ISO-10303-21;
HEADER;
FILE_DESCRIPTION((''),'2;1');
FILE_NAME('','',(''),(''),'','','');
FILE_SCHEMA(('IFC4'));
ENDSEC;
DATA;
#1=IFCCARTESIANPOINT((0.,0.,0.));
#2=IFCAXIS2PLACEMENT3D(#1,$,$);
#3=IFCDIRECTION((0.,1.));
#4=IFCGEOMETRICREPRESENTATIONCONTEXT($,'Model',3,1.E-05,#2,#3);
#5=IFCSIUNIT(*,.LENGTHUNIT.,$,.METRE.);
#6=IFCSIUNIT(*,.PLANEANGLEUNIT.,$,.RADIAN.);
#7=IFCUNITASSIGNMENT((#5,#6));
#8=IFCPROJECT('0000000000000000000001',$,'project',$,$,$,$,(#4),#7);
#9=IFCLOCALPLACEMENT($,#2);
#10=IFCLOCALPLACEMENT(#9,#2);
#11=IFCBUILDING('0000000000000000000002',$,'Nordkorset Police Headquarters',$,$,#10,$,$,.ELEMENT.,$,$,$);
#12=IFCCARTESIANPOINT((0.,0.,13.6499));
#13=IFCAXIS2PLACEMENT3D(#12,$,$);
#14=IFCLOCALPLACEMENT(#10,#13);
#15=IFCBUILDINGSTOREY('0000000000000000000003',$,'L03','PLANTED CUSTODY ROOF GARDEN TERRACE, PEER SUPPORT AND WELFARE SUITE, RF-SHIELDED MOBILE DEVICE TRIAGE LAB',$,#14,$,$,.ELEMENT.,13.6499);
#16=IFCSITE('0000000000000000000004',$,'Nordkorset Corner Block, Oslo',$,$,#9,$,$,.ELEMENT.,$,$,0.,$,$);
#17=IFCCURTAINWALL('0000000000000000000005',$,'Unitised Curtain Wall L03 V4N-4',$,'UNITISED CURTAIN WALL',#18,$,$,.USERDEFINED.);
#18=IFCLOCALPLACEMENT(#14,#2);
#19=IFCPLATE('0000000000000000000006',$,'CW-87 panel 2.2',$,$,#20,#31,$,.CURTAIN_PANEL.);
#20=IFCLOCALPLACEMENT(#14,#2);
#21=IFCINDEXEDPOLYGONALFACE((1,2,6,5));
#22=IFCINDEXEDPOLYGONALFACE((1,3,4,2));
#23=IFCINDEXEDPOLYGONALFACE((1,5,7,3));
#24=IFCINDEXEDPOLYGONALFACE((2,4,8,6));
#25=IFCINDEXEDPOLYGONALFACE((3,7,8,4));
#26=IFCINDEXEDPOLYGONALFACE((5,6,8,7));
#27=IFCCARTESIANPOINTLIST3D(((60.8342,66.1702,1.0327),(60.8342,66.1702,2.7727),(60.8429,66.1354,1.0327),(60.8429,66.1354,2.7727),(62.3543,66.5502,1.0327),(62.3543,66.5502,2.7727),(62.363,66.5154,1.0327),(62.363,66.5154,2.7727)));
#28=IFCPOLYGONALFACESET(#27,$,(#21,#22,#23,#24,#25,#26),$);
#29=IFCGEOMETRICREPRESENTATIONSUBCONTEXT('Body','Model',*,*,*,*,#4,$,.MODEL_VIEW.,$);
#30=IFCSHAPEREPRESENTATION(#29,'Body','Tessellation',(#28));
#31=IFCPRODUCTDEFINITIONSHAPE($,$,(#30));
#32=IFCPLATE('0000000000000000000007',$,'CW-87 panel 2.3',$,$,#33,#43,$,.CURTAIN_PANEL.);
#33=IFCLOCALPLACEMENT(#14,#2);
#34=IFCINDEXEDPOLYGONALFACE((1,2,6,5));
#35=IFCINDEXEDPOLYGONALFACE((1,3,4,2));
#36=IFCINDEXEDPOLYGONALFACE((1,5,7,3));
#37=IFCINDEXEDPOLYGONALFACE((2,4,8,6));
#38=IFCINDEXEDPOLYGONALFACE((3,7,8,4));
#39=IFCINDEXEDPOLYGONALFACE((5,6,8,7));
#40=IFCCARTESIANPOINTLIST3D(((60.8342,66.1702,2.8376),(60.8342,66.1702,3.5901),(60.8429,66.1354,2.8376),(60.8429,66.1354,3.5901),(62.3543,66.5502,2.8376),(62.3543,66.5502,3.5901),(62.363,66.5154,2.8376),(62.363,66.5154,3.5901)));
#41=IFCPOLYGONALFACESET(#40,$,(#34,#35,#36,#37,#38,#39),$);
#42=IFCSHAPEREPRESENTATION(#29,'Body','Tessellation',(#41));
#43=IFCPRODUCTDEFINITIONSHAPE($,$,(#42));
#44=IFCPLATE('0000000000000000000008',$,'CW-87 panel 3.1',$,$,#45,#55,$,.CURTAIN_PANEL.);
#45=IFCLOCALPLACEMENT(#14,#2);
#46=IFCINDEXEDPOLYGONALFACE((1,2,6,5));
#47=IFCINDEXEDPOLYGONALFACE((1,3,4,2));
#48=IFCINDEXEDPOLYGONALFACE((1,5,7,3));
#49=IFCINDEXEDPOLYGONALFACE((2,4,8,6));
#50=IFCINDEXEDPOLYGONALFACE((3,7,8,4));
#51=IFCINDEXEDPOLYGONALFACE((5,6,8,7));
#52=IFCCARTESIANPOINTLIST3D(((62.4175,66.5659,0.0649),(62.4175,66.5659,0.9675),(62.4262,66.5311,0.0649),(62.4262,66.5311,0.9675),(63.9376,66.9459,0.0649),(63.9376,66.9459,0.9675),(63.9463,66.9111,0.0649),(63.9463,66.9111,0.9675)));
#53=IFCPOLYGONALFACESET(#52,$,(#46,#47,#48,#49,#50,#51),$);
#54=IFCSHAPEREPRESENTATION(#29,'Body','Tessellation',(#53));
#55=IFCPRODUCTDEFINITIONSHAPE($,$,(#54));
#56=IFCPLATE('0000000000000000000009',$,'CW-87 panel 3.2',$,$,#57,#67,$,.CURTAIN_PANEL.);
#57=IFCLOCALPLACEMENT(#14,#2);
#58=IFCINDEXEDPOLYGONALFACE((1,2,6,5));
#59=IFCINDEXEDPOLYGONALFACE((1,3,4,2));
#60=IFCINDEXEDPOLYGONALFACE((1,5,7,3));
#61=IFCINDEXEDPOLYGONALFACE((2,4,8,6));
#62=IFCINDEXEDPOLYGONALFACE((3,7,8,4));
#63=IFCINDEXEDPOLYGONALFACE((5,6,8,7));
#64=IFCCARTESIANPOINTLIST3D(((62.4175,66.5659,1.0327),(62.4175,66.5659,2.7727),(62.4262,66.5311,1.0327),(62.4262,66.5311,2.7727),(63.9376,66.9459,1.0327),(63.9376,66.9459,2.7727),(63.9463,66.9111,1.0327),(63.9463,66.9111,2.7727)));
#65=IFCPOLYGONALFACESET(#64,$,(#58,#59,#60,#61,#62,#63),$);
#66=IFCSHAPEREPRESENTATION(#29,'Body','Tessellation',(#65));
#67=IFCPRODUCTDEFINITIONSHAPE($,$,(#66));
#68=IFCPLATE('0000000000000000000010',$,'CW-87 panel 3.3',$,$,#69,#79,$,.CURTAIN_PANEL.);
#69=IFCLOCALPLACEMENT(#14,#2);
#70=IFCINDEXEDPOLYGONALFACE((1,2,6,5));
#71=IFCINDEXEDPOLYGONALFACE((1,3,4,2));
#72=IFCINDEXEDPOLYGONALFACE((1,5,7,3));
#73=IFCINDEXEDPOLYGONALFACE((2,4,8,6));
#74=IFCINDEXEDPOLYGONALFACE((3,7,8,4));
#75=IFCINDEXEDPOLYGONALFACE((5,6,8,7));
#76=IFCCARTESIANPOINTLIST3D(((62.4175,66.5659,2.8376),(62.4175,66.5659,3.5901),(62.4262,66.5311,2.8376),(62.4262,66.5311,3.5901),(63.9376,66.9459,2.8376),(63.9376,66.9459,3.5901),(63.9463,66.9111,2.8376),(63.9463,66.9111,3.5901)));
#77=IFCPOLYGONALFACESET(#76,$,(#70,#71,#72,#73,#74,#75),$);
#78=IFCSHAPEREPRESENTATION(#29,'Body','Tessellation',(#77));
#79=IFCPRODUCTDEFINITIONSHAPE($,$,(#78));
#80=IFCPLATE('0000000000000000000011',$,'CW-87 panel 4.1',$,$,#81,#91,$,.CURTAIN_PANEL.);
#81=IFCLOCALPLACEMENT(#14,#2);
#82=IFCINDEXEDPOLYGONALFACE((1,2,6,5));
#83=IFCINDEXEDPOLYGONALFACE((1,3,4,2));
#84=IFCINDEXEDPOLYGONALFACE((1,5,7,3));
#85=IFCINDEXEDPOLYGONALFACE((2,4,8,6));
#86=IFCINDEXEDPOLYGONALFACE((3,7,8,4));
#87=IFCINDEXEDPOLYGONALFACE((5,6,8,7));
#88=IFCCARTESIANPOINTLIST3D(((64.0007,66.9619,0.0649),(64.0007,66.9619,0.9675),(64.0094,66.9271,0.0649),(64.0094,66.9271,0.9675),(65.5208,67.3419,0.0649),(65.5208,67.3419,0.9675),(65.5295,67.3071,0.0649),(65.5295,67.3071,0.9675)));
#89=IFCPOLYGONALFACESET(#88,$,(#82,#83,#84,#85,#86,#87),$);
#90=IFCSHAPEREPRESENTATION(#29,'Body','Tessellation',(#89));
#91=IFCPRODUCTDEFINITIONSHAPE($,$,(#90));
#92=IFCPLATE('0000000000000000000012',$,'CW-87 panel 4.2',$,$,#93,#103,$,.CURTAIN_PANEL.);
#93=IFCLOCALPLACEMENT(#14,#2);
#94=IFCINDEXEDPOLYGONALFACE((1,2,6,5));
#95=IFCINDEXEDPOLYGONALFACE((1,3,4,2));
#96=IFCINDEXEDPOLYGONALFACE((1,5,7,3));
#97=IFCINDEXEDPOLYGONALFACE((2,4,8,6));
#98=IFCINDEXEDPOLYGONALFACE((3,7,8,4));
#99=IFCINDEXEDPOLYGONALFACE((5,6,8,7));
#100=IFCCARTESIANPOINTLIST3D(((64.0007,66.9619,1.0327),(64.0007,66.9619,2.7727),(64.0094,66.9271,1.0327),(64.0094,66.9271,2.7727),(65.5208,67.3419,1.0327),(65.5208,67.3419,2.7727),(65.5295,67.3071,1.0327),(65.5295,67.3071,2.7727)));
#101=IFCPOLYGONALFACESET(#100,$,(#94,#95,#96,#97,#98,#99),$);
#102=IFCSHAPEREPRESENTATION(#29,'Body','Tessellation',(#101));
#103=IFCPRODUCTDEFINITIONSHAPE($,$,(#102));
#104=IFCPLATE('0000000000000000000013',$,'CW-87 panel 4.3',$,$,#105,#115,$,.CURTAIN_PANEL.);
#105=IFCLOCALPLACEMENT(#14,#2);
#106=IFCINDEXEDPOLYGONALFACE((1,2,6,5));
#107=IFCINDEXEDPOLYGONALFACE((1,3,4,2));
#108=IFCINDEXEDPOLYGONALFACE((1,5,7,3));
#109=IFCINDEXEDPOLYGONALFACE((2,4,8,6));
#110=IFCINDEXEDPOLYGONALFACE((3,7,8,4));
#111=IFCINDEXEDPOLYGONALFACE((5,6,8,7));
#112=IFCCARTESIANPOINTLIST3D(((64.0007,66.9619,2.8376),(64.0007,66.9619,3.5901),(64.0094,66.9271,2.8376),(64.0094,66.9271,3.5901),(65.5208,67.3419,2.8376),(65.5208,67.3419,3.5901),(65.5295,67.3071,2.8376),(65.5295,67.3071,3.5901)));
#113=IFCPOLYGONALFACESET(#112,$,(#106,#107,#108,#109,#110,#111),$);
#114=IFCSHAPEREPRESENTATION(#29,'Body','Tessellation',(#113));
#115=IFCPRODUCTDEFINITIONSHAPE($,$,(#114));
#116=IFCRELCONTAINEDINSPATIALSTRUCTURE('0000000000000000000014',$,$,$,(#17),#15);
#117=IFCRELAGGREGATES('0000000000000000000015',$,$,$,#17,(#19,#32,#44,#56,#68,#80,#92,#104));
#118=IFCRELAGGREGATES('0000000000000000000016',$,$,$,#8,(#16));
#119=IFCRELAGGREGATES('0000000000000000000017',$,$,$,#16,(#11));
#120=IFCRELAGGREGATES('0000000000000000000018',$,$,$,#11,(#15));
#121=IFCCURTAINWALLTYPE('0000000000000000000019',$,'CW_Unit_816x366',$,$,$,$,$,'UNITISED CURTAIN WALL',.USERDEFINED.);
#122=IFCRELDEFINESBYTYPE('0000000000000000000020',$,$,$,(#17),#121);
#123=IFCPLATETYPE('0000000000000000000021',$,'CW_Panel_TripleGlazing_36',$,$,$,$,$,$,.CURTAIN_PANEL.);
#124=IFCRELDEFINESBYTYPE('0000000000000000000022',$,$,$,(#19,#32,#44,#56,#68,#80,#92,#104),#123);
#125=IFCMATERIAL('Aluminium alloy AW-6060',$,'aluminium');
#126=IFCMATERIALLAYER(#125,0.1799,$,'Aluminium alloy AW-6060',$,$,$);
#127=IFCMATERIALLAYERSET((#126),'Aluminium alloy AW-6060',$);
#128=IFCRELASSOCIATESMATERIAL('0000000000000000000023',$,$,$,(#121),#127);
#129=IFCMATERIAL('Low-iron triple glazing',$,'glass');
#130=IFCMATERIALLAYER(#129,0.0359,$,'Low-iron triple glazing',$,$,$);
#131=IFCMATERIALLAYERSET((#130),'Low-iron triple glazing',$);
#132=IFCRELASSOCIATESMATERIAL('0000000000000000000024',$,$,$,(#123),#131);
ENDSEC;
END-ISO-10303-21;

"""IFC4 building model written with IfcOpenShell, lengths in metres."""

from ifc_helpers import new_model, si_unit, direction, frame, origin, origin_2d, place, context, subcontext, project, spatial, rectangle, extrude, material, layer, layer_set, type_object, element, aggregate, save


model = new_model("IFC4")

# Units and contexts
model_context = context("Model", 3, precision=1e-05, world=origin(), true_north=direction((0.0, 1.0)))
body_context = subcontext(model_context, "Body", "Model", "MODEL_VIEW")
ifc_project = project(units=[si_unit("LENGTHUNIT", "METRE"), si_unit("PLANEANGLEUNIT", "RADIAN")], contexts=[model_context])

# Site, building, storey
site_placement = place(None, origin())
site = spatial("IfcSite", under=ifc_project, at=site_placement, Name="Nordkorset Corner Block, Oslo", CompositionType="ELEMENT", RefElevation=0.0)
building_placement = place(site_placement, origin())
building = spatial("IfcBuilding", under=site, at=building_placement, Name="Nordkorset Police Headquarters", CompositionType="ELEMENT")
storey_placement = place(building_placement, frame((0.0, 0.0, 13.6499)))
storey = spatial("IfcBuildingStorey", under=building, at=storey_placement, Name="L03", Description="PLANTED CUSTODY ROOF GARDEN TERRACE, PEER SUPPORT AND WELFARE SUITE, RF-SHIELDED MOBILE DEVICE TRIAGE LAB", CompositionType="ELEMENT", Elevation=13.6499)

# Curtain wall
ifc_material_1 = material(Name="Aluminium alloy AW-6060", Category="aluminium")
ifc_layer_1 = layer(ifc_material_1, 0.1799, Name="Aluminium alloy AW-6060")
ifc_layer_set_1 = layer_set([ifc_layer_1], Name="Aluminium alloy AW-6060")
curtain_wall_type_1 = type_object("IfcCurtainWallType", Name="CW_Unit_816x366", ElementType="UNITISED CURTAIN WALL", PredefinedType="USERDEFINED", material=ifc_layer_set_1)
curtain_wall_1_placement = place(storey_placement, origin())
curtain_wall_1 = element("IfcCurtainWall", 1, at=curtain_wall_1_placement, inside=storey, type_object=curtain_wall_type_1, Name="Unitised Curtain Wall L03 V4N-4", ObjectType="UNITISED CURTAIN WALL", PredefinedType="USERDEFINED")

# Plates
ifc_material_2 = material(Name="Low-iron triple glazing", Category="glass")
ifc_layer_2 = layer(ifc_material_2, 0.0359, Name="Low-iron triple glazing")
ifc_layer_set_2 = layer_set([ifc_layer_2], Name="Low-iron triple glazing")
plate_type = type_object("IfcPlateType", Name="CW_Panel_TripleGlazing_36", PredefinedType="CURTAIN_PANEL", material=ifc_layer_set_2)
plate_1_placement = place(storey_placement, frame((61.5986, 66.3428, 1.0327), z_axis=(0.0, 0.0, 1.0), x_axis=(0.970143, 0.242535, 0.0)))
plate_1 = element("IfcPlate", 2, at=plate_1_placement, type_object=plate_type, Name="CW-87 panel 2.2", PredefinedType="CURTAIN_PANEL", context=body_context, shape_type="SweptSolid", body=[
    extrude(rectangle(XDim=1.5669, YDim=0.0359, at=origin_2d()), origin(), (0.0, 0.0, 1.0), 1.74),
])
plate_2_placement = place(storey_placement, frame((61.5986, 66.3428, 2.8376), z_axis=(0.0, 0.0, 1.0), x_axis=(0.970143, 0.242535, 0.0)))
plate_2 = element("IfcPlate", 3, at=plate_2_placement, type_object=plate_type, Name="CW-87 panel 2.3", PredefinedType="CURTAIN_PANEL", context=body_context, shape_type="SweptSolid", body=[
    extrude(rectangle(XDim=1.5669, YDim=0.0359, at=origin_2d()), origin(), (0.0, 0.0, 1.0), 0.7524),
])
plate_3_placement = place(storey_placement, frame((63.1819, 66.7385, 0.0649), z_axis=(0.0, 0.0, 1.0), x_axis=(0.970143, 0.242535, 0.0)))
plate_3 = element("IfcPlate", 4, at=plate_3_placement, type_object=plate_type, Name="CW-87 panel 3.1", PredefinedType="CURTAIN_PANEL", context=body_context, shape_type="SweptSolid", body=[
    extrude(rectangle(XDim=1.5669, YDim=0.0359, at=origin_2d()), origin(), (0.0, 0.0, 1.0), 0.9026),
])
plate_4_placement = place(storey_placement, frame((63.1819, 66.7385, 1.0327), z_axis=(0.0, 0.0, 1.0), x_axis=(0.970143, 0.242535, 0.0)))
plate_4 = element("IfcPlate", 5, at=plate_4_placement, type_object=plate_type, Name="CW-87 panel 3.2", PredefinedType="CURTAIN_PANEL", context=body_context, shape_type="SweptSolid", body=[
    extrude(rectangle(XDim=1.5669, YDim=0.0359, at=origin_2d()), origin(), (0.0, 0.0, 1.0), 1.74),
])
plate_5_placement = place(storey_placement, frame((63.1819, 66.7385, 2.8376), z_axis=(0.0, 0.0, 1.0), x_axis=(0.970143, 0.242535, 0.0)))
plate_5 = element("IfcPlate", 6, at=plate_5_placement, type_object=plate_type, Name="CW-87 panel 3.3", PredefinedType="CURTAIN_PANEL", context=body_context, shape_type="SweptSolid", body=[
    extrude(rectangle(XDim=1.5669, YDim=0.0359, at=origin_2d()), origin(), (0.0, 0.0, 1.0), 0.7524),
])
plate_6_placement = place(storey_placement, frame((64.7651, 67.1345, 0.0649), z_axis=(0.0, 0.0, 1.0), x_axis=(0.970143, 0.242535, 0.0)))
plate_6 = element("IfcPlate", 7, at=plate_6_placement, type_object=plate_type, Name="CW-87 panel 4.1", PredefinedType="CURTAIN_PANEL", context=body_context, shape_type="SweptSolid", body=[
    extrude(rectangle(XDim=1.5669, YDim=0.0359, at=origin_2d()), origin(), (0.0, 0.0, 1.0), 0.9026),
])
plate_7_placement = place(storey_placement, frame((64.7651, 67.1345, 1.0327), z_axis=(0.0, 0.0, 1.0), x_axis=(0.970143, 0.242535, 0.0)))
plate_7 = element("IfcPlate", 8, at=plate_7_placement, type_object=plate_type, Name="CW-87 panel 4.2", PredefinedType="CURTAIN_PANEL", context=body_context, shape_type="SweptSolid", body=[
    extrude(rectangle(XDim=1.5669, YDim=0.0359, at=origin_2d()), origin(), (0.0, 0.0, 1.0), 1.74),
])
plate_8_placement = place(storey_placement, frame((64.7651, 67.1345, 2.8376), z_axis=(0.0, 0.0, 1.0), x_axis=(0.970143, 0.242535, 0.0)))
plate_8 = element("IfcPlate", 9, at=plate_8_placement, type_object=plate_type, Name="CW-87 panel 4.3", PredefinedType="CURTAIN_PANEL", context=body_context, shape_type="SweptSolid", body=[
    extrude(rectangle(XDim=1.5669, YDim=0.0359, at=origin_2d()), origin(), (0.0, 0.0, 1.0), 0.7524),
])
aggregate(curtain_wall_1, [plate_1, plate_2, plate_3, plate_4, plate_5, plate_6, plate_7, plate_8])

save(model, "model.ifc")
